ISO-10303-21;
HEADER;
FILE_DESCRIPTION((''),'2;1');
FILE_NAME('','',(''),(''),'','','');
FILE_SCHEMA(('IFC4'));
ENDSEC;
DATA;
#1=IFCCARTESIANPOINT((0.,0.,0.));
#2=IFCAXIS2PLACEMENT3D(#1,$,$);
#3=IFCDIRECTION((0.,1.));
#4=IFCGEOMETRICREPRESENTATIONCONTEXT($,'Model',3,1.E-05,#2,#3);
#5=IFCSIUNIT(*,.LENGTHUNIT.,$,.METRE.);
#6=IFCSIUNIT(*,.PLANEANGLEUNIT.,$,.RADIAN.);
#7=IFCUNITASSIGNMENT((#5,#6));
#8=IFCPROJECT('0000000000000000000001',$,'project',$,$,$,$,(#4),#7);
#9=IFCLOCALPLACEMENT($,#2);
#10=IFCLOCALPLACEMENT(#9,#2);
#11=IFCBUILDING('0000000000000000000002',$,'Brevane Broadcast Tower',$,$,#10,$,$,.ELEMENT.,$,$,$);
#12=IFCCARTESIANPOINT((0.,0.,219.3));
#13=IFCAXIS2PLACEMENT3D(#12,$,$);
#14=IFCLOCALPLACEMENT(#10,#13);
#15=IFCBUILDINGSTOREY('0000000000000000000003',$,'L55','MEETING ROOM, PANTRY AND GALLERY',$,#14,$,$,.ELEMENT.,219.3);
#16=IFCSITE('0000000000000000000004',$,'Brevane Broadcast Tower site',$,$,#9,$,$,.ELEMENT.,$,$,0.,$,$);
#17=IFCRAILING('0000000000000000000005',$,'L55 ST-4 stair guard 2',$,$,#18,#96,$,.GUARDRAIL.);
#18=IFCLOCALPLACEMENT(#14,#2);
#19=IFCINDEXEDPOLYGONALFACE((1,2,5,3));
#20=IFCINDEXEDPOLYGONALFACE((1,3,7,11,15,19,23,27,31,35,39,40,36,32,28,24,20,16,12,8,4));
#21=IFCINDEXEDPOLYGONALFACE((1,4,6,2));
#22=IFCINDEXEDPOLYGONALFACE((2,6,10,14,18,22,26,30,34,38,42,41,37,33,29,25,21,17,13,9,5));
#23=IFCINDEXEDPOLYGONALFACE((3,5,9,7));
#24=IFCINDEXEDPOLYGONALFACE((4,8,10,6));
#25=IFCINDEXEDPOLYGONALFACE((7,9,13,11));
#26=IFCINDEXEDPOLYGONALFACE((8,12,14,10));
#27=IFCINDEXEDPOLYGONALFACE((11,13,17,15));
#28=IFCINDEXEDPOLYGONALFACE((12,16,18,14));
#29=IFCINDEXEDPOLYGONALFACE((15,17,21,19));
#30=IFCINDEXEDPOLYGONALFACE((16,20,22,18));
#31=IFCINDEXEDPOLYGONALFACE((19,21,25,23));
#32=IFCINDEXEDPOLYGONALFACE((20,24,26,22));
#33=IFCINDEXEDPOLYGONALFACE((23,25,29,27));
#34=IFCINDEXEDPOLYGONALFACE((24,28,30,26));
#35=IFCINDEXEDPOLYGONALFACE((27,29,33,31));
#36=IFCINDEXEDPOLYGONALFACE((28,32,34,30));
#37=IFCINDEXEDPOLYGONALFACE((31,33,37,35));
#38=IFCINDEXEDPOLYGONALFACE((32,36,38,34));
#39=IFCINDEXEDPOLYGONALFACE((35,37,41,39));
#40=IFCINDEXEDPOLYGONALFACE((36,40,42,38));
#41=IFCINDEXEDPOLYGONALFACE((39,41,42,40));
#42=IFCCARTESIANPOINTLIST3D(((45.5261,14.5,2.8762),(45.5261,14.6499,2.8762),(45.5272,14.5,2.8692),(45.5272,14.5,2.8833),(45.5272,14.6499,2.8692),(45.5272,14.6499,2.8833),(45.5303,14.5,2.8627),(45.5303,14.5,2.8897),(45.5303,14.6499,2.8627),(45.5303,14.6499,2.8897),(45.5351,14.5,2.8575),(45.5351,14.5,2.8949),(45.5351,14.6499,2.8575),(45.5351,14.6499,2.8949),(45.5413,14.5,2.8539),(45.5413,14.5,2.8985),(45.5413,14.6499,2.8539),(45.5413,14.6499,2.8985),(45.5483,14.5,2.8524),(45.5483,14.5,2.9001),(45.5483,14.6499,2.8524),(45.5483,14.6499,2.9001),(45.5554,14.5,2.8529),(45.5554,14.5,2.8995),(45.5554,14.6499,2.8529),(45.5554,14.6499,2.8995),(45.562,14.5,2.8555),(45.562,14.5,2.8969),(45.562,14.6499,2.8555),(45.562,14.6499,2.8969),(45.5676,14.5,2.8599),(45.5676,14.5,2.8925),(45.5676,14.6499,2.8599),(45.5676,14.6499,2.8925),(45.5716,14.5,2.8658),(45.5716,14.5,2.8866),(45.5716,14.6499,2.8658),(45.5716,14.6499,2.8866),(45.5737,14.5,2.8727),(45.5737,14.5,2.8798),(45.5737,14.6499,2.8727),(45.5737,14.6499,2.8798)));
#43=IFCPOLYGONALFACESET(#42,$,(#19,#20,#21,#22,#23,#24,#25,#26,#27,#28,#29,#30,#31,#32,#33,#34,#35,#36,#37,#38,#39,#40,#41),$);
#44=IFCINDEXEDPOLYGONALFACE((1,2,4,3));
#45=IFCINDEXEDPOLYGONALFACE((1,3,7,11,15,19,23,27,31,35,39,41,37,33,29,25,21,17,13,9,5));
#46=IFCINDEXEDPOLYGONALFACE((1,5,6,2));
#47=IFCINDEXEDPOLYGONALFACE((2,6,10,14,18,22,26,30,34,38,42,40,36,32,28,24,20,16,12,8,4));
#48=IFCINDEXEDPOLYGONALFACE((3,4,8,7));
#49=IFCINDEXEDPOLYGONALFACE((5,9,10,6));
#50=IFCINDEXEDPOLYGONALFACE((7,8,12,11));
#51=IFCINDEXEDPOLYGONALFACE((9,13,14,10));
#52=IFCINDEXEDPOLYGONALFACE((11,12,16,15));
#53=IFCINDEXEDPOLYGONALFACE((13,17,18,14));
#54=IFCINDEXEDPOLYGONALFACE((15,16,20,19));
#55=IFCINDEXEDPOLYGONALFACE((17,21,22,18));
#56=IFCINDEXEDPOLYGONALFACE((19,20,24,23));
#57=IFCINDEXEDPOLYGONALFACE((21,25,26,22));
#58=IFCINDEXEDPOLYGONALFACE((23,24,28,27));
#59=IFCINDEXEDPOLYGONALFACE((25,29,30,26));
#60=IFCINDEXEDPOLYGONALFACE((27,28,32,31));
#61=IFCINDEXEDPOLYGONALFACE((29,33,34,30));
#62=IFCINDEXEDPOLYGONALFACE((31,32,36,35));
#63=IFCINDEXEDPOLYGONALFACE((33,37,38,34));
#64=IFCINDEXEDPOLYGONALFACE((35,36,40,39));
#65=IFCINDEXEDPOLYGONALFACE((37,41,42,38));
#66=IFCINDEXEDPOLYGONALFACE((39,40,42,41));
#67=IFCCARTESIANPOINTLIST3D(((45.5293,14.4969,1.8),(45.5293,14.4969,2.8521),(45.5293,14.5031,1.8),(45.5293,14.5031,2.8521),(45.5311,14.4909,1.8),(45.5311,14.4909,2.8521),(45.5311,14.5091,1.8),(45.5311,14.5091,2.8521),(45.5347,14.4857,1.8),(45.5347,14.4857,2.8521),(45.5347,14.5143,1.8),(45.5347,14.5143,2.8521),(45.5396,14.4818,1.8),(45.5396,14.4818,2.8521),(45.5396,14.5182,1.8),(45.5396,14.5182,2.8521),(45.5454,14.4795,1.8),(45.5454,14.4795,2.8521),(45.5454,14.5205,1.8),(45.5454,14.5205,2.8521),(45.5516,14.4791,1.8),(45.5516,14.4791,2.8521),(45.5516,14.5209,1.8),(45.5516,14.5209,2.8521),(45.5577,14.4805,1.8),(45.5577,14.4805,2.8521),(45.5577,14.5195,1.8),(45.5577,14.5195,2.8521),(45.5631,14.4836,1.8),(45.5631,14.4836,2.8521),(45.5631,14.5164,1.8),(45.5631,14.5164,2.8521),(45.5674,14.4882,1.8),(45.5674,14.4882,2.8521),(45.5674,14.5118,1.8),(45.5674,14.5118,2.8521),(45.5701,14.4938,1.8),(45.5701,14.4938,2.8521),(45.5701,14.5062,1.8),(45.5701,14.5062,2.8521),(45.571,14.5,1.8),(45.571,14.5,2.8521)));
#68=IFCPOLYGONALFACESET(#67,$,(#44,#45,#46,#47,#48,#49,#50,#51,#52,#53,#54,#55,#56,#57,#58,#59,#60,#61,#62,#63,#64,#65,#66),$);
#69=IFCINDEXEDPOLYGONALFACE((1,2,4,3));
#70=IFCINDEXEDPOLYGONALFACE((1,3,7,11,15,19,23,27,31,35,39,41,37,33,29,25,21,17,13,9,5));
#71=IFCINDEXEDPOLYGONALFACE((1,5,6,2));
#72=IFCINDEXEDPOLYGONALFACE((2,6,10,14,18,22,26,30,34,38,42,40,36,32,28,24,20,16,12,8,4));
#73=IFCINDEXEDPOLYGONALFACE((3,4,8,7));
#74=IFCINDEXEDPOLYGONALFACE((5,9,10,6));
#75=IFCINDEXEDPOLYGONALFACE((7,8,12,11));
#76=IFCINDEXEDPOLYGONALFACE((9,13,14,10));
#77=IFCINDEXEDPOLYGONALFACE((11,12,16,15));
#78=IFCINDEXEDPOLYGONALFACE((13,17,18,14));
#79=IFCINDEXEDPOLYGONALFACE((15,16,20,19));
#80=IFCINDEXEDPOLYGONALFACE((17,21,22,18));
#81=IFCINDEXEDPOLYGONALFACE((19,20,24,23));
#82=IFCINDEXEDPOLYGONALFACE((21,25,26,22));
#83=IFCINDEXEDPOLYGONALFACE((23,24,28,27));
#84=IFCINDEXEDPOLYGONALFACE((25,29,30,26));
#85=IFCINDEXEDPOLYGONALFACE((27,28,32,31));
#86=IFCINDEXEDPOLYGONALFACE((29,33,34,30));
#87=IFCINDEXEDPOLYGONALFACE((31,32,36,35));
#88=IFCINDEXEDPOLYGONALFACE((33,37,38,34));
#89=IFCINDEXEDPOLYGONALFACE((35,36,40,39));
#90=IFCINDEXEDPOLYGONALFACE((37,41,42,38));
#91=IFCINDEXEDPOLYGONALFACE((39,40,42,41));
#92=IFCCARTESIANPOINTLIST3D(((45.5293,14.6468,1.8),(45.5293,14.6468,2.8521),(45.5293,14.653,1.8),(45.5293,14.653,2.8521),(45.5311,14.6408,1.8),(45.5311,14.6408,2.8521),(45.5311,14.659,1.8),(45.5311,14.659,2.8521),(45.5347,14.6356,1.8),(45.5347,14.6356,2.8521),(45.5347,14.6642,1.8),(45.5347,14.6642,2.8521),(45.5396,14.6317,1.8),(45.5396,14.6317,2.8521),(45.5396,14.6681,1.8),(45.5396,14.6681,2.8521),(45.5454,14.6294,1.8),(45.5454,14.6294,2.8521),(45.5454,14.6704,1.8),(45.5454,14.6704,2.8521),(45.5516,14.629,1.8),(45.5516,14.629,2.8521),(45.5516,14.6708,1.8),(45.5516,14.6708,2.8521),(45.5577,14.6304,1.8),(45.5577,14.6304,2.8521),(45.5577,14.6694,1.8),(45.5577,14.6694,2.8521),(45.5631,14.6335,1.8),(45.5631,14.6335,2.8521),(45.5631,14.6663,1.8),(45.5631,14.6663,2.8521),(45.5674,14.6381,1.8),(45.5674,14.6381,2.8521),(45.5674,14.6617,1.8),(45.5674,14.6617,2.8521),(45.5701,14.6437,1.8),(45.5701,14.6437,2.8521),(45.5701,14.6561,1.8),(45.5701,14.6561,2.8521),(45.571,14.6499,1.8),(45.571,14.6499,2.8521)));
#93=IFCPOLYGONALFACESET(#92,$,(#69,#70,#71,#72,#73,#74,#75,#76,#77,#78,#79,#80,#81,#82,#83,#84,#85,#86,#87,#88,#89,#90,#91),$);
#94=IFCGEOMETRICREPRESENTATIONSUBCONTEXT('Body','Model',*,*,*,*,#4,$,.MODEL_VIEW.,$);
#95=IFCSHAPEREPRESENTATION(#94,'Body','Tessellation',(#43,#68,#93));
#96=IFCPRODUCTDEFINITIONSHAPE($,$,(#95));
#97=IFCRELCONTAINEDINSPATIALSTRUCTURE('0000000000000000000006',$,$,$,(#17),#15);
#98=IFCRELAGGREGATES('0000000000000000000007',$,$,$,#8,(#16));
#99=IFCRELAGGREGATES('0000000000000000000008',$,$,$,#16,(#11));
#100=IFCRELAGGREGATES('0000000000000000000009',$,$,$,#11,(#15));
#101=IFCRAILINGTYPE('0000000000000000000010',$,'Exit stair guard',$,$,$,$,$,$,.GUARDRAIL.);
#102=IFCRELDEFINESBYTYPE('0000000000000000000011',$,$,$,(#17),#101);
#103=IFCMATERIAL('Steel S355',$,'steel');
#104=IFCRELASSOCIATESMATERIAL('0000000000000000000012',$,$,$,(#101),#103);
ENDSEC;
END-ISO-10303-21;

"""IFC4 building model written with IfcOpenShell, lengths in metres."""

from ifc_helpers import new_model, si_unit, direction, frame, origin, origin_2d, place, context, subcontext, project, spatial, circle, extrude, material, type_object, element, save


model = new_model("IFC4")

# Units and contexts
model_context = context("Model", 3, precision=1e-05, world=origin(), true_north=direction((0.0, 1.0)))
body_context = subcontext(model_context, "Body", "Model", "MODEL_VIEW")
ifc_project = project(units=[si_unit("LENGTHUNIT", "METRE"), si_unit("PLANEANGLEUNIT", "RADIAN")], contexts=[model_context])

# Site, building, storey
site_placement = place(None, origin())
site = spatial("IfcSite", under=ifc_project, at=site_placement, Name="Brevane Broadcast Tower site", CompositionType="ELEMENT", RefElevation=0.0)
building_placement = place(site_placement, origin())
building = spatial("IfcBuilding", under=site, at=building_placement, Name="Brevane Broadcast Tower", CompositionType="ELEMENT")
storey_placement = place(building_placement, frame((0.0, 0.0, 219.3)))
storey = spatial("IfcBuildingStorey", under=building, at=storey_placement, Name="L55", Description="MEETING ROOM, PANTRY AND GALLERY", CompositionType="ELEMENT", Elevation=219.3)

# Railing
ifc_material_1 = material(Name="Steel S355", Category="steel")
railing_type_1 = type_object("IfcRailingType", Name="Exit stair guard", PredefinedType="GUARDRAIL", material=ifc_material_1)
railing_1_placement = place(storey_placement, frame((45.55, 14.5, 1.8)))
element("IfcRailing", 1, at=railing_1_placement, inside=storey, type_object=railing_type_1, Name="L55 ST-4 stair guard 2", PredefinedType="GUARDRAIL", context=body_context, shape_type="SweptSolid", body=[
    extrude(circle(Radius=0.0239, at=origin_2d()), frame((0.0, 0.0, 1.0762), z_axis=(0.0, 1.0, 0.0), x_axis=(-1.0, 0.0, 0.0)), (0.0, 0.0, 1.0), 0.1499),
    extrude(circle(Radius=0.021, at=origin_2d()), origin(), (0.0, 0.0, 1.0), 1.052),
    extrude(circle(Radius=0.021, at=origin_2d()), frame((0.0, 0.1499, 0.0)), (0.0, 0.0, 1.0), 1.052),
])

save(model, "model.ifc")
